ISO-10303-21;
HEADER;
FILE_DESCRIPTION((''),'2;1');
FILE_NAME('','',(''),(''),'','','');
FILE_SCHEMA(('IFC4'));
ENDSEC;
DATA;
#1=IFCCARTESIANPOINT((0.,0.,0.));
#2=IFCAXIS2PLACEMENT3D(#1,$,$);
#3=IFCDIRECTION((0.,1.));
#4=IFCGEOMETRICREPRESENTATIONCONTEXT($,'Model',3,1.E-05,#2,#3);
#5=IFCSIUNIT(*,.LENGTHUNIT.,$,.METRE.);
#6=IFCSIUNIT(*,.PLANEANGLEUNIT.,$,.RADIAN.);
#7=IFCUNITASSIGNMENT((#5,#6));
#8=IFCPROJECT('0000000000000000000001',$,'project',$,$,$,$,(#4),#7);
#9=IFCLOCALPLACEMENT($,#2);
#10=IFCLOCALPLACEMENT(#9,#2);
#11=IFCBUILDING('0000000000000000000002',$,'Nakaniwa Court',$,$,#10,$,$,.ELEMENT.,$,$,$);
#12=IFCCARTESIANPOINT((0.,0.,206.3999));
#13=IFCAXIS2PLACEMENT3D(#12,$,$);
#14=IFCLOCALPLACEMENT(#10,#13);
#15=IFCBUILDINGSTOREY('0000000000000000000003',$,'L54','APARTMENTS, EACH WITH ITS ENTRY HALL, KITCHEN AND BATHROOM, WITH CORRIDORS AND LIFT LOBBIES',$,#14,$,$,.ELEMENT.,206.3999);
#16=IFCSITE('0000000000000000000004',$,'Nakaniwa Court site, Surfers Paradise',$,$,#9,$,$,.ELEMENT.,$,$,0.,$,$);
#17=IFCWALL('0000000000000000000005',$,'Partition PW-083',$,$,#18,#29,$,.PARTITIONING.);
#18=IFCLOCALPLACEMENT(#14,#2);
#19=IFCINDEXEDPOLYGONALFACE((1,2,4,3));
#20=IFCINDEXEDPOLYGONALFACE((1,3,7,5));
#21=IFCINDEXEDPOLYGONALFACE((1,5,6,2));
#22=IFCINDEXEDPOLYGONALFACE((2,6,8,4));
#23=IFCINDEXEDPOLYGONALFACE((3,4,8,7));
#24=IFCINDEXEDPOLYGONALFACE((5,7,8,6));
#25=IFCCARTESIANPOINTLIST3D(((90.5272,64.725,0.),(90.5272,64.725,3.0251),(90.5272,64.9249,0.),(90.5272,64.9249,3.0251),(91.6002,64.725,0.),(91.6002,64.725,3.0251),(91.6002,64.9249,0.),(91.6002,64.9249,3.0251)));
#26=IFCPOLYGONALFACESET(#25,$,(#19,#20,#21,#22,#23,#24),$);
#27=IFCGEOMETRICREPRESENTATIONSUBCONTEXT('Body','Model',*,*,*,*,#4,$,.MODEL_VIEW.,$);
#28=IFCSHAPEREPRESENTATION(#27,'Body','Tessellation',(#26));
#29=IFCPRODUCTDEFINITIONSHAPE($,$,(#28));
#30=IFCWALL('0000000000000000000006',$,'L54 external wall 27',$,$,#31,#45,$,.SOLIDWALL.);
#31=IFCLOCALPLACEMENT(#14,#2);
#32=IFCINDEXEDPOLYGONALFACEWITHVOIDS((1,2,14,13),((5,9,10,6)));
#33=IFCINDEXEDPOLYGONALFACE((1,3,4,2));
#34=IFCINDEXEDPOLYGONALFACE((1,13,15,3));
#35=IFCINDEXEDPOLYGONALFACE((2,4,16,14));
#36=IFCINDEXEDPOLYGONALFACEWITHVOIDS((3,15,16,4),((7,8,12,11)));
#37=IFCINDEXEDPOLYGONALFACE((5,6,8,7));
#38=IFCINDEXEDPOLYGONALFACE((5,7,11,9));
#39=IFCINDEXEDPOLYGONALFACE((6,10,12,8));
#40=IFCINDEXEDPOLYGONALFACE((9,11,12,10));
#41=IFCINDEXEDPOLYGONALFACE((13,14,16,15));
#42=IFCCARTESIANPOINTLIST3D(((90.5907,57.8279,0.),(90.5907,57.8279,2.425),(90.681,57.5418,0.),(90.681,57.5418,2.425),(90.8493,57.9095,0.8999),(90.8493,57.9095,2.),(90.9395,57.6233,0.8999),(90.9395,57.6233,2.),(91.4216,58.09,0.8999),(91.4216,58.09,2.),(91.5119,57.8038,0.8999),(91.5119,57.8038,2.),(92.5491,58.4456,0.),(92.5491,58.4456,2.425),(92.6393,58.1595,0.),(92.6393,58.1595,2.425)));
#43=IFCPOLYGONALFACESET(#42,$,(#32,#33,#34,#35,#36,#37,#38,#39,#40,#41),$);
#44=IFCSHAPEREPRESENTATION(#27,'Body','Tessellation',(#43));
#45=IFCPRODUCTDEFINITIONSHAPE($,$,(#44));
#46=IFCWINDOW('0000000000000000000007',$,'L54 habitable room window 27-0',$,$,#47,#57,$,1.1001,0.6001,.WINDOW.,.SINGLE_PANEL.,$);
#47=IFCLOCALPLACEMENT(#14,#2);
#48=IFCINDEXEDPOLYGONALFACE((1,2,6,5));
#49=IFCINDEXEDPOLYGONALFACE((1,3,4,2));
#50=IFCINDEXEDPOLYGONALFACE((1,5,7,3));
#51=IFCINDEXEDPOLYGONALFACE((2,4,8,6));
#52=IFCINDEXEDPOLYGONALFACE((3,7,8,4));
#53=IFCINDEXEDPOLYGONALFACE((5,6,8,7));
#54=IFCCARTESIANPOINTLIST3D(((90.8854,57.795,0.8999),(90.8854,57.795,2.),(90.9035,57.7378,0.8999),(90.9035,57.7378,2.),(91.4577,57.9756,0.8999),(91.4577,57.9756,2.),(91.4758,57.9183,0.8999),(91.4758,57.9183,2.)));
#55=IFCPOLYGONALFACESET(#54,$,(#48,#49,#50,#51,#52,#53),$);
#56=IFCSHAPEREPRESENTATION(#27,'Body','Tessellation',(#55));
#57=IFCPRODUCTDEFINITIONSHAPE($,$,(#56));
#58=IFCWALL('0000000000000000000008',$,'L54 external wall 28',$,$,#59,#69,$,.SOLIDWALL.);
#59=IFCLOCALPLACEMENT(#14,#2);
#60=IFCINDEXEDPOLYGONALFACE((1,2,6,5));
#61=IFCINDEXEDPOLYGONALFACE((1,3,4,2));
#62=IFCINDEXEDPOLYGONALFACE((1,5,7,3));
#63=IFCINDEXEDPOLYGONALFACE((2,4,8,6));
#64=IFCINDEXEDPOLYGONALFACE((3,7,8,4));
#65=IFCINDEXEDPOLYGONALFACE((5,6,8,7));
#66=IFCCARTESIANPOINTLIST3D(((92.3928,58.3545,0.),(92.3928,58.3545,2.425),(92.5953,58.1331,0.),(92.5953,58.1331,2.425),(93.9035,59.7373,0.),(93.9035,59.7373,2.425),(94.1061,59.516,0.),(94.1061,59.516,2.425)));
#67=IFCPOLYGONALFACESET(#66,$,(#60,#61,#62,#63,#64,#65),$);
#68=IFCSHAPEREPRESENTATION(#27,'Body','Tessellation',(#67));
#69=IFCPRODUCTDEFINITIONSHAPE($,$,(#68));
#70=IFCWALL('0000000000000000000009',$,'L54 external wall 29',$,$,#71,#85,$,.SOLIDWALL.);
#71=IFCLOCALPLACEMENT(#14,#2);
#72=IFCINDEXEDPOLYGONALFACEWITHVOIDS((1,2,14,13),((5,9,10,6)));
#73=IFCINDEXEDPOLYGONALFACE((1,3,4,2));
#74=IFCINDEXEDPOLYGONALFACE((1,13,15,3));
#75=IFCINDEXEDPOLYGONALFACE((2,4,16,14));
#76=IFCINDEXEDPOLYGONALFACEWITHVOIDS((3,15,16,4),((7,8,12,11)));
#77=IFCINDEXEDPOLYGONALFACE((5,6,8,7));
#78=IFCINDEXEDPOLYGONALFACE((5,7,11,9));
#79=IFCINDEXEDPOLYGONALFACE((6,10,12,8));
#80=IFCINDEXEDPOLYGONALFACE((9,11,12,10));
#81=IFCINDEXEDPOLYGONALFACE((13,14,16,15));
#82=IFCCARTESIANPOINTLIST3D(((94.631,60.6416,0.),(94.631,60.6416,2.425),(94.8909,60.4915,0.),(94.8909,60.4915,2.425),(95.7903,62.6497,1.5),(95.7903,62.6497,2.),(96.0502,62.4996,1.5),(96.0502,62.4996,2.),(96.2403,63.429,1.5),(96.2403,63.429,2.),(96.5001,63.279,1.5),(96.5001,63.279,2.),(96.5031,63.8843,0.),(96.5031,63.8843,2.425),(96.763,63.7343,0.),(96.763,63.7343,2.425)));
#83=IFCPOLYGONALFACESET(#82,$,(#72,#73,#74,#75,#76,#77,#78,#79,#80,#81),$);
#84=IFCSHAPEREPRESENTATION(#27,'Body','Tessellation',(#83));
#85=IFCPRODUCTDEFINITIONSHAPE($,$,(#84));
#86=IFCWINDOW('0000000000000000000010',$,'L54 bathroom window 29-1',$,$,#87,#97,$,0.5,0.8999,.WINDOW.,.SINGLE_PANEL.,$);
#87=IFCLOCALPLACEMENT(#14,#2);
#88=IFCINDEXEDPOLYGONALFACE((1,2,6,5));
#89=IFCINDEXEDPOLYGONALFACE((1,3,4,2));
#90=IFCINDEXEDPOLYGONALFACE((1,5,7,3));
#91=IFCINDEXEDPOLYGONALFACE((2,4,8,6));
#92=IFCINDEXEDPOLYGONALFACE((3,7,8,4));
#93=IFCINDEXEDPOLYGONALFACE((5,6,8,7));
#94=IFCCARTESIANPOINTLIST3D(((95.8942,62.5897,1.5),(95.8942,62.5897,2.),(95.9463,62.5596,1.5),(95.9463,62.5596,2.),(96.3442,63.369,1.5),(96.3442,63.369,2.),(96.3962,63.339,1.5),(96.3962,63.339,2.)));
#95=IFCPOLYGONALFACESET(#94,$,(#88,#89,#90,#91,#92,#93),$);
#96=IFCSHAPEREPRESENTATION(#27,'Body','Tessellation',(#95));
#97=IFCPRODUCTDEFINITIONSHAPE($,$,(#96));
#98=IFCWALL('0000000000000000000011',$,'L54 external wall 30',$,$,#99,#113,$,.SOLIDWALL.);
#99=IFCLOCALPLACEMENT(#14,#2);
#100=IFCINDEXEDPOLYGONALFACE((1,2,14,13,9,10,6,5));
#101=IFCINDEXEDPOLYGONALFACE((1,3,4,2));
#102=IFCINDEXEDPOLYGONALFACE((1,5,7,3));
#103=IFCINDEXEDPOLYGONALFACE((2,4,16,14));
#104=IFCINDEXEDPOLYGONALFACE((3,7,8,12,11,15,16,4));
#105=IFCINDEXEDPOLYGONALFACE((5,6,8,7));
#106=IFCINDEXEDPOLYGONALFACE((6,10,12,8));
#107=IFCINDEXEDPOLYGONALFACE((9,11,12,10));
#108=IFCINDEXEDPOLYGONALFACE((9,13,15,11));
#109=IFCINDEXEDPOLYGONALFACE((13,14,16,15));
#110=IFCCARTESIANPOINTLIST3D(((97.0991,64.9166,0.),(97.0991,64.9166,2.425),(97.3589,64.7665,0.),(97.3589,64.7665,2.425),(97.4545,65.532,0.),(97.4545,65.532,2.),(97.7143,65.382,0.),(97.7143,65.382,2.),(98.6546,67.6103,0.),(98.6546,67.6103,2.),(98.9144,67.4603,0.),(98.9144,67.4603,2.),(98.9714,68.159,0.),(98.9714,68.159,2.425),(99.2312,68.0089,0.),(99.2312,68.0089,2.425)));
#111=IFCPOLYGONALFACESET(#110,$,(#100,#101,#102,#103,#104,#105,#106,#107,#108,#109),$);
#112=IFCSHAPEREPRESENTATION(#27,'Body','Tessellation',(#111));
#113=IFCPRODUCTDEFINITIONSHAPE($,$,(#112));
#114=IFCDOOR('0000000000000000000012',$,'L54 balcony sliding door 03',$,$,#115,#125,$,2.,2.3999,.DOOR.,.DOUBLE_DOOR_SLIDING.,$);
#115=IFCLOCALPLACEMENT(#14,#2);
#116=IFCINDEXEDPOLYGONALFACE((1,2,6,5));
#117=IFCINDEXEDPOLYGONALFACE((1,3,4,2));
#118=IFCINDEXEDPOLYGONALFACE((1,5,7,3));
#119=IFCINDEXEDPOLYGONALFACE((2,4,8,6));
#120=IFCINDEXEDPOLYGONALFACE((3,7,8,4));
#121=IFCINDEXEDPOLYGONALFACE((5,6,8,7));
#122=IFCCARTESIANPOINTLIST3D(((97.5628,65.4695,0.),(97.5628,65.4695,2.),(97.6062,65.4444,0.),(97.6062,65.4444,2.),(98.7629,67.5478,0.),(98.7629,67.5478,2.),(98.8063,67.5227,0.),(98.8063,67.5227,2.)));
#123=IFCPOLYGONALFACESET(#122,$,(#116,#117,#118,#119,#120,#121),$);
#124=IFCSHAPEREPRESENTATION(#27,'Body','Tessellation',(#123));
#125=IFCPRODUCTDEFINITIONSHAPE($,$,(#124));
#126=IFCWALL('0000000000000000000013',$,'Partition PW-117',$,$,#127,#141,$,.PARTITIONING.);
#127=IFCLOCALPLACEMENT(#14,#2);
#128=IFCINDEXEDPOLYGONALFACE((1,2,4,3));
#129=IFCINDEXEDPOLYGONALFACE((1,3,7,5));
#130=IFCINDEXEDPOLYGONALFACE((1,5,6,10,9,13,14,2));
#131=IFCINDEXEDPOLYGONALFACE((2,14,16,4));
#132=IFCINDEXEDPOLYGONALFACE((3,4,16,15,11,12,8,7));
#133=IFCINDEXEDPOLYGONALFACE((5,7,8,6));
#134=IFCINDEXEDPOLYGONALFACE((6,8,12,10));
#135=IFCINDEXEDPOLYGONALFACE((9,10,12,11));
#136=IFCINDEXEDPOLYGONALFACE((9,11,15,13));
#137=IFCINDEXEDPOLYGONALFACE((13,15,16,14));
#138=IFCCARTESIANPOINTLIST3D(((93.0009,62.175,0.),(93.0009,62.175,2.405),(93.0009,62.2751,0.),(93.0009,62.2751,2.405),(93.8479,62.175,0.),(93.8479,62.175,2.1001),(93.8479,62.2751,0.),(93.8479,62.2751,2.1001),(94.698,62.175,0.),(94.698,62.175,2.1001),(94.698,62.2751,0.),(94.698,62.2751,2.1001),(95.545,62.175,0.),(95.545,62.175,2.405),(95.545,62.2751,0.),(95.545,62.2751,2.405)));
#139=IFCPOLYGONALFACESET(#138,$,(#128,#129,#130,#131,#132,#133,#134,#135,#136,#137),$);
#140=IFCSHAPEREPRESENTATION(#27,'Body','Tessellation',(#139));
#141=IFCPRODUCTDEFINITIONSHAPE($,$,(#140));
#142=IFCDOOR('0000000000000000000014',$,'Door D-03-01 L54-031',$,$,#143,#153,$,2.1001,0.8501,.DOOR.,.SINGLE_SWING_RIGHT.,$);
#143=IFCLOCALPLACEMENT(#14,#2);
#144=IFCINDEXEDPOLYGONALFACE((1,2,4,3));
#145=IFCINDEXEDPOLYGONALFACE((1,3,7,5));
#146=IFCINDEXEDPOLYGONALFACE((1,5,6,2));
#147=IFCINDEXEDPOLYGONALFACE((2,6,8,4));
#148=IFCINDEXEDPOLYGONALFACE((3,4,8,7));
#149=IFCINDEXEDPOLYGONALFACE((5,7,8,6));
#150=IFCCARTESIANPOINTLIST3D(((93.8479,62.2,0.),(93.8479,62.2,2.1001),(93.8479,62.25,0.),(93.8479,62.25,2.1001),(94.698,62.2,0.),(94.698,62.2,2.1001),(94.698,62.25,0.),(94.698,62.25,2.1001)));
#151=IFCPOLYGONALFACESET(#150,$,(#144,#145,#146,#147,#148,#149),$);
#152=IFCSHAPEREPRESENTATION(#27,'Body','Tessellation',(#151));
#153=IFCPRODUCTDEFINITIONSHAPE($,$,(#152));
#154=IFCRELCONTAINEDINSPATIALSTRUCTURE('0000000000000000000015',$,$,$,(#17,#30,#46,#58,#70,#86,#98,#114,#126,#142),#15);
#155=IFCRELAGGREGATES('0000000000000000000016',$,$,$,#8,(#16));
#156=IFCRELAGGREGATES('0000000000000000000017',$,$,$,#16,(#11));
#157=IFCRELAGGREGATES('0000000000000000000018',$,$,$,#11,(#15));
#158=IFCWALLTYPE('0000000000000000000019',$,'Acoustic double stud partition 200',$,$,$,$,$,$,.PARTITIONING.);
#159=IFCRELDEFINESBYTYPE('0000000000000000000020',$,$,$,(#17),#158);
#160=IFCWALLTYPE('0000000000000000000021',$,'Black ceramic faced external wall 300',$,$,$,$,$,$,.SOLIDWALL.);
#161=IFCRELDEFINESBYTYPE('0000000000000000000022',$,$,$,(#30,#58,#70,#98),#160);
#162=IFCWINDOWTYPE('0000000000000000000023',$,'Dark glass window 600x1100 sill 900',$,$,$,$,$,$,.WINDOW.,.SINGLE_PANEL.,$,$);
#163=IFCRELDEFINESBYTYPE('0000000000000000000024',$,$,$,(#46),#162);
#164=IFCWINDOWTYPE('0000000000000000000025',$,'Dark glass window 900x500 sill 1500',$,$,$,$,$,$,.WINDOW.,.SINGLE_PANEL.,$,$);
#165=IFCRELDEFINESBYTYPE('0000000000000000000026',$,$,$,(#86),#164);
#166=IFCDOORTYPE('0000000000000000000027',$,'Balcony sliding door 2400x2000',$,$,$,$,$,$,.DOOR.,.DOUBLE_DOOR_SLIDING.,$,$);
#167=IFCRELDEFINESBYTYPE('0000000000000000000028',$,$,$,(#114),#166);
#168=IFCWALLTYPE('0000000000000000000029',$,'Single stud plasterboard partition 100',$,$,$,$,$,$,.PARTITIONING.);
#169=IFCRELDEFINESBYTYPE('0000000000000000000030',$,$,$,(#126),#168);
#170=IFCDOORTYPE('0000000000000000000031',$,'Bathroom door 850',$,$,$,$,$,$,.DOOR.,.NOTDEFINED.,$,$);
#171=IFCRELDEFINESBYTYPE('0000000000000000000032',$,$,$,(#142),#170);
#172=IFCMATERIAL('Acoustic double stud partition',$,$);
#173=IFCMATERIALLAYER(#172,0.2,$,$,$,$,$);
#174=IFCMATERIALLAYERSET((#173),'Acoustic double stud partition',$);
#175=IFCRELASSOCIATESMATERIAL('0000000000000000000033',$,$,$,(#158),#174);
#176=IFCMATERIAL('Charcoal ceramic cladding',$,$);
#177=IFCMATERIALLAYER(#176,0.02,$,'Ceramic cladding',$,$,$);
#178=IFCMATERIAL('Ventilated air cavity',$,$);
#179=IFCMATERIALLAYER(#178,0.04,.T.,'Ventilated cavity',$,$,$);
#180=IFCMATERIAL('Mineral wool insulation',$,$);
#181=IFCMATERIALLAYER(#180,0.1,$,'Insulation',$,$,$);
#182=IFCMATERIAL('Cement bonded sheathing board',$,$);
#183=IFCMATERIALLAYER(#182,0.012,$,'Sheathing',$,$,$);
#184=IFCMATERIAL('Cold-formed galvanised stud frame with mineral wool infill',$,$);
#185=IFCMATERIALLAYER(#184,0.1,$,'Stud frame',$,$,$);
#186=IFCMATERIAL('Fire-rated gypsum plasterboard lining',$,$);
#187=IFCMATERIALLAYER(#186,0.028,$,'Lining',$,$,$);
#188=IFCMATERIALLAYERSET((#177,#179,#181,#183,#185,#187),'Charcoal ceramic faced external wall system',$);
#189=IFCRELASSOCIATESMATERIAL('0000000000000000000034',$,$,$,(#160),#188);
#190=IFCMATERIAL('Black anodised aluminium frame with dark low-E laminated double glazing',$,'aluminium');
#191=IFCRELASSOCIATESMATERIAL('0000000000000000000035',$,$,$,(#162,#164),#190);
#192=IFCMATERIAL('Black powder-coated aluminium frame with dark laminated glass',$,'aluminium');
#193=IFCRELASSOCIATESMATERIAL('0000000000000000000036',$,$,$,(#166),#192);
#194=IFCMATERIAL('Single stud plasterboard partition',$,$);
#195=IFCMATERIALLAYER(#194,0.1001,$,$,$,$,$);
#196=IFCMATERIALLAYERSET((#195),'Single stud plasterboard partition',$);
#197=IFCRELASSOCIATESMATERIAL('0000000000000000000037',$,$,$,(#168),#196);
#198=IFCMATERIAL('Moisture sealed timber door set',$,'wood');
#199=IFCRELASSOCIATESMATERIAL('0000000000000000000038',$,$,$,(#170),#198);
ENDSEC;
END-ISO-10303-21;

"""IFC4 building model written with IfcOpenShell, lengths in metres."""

from ifc_helpers import new_model, si_unit, direction, frame, frame_2d, origin, place, context, subcontext, project, spatial, rectangle, extrude, material, layer, layer_set, type_object, element, fill, save


model = new_model("IFC4")

# Units and contexts
model_context = context("Model", 3, precision=1e-05, world=origin(), true_north=direction((0.0, 1.0)))
body_context = subcontext(model_context, "Body", "Model", "MODEL_VIEW")
ifc_project = project(units=[si_unit("LENGTHUNIT", "METRE"), si_unit("PLANEANGLEUNIT", "RADIAN")], contexts=[model_context])

# Site, building, storey
site_placement = place(None, origin())
site = spatial("IfcSite", under=ifc_project, at=site_placement, Name="Nakaniwa Court site, Surfers Paradise", CompositionType="ELEMENT", RefElevation=0.0)
building_placement = place(site_placement, origin())
building = spatial("IfcBuilding", under=site, at=building_placement, Name="Nakaniwa Court", CompositionType="ELEMENT")
storey_placement = place(building_placement, frame((0.0, 0.0, 206.3999)))
storey = spatial("IfcBuildingStorey", under=building, at=storey_placement, Name="L54", Description="APARTMENTS, EACH WITH ITS ENTRY HALL, KITCHEN AND BATHROOM, WITH CORRIDORS AND LIFT LOBBIES", CompositionType="ELEMENT", Elevation=206.3999)

# Shared definitions
ifc_material_1 = material(Name="Acoustic double stud partition")
ifc_layer_1 = layer(ifc_material_1, 0.2)
ifc_layer_set_1 = layer_set([ifc_layer_1], Name="Acoustic double stud partition")
wall_type_1 = type_object("IfcWallType", Name="Acoustic double stud partition 200", PredefinedType="PARTITIONING", material=ifc_layer_set_1)

# Wall
wall_1_placement = place(storey_placement, frame((90.5271, 64.825, 0.0), z_axis=(0.0, 0.0, 1.0), x_axis=(1.0, 0.0, 0.0)))
element("IfcWall", 1, at=wall_1_placement, inside=storey, type_object=wall_type_1, Name="Partition PW-083", PredefinedType="PARTITIONING", context=body_context, shape_type="SweptSolid", body=[
    extrude(rectangle(XDim=1.073, YDim=0.2, at=frame_2d((0.5366, 0.0))), origin(), (0.0, 0.0, 1.0), 3.0251),
])

# Wall, opening, window
ifc_material_2 = material(Name="Charcoal ceramic cladding")
ifc_layer_2 = layer(ifc_material_2, 0.02, Name="Ceramic cladding")
ifc_material_3 = material(Name="Ventilated air cavity")
ifc_layer_3 = layer(ifc_material_3, 0.04, ventilated=True, Name="Ventilated cavity")
ifc_material_4 = material(Name="Mineral wool insulation")
ifc_layer_4 = layer(ifc_material_4, 0.1, Name="Insulation")
ifc_material_5 = material(Name="Cement bonded sheathing board")
ifc_layer_5 = layer(ifc_material_5, 0.012, Name="Sheathing")
ifc_material_6 = material(Name="Cold-formed galvanised stud frame with mineral wool infill")
ifc_layer_6 = layer(ifc_material_6, 0.1, Name="Stud frame")
ifc_material_7 = material(Name="Fire-rated gypsum plasterboard lining")
ifc_layer_7 = layer(ifc_material_7, 0.028, Name="Lining")
ifc_layer_set_2 = layer_set([ifc_layer_2, ifc_layer_3, ifc_layer_4, ifc_layer_5, ifc_layer_6, ifc_layer_7], Name="Charcoal ceramic faced external wall system")
wall_type_2 = type_object("IfcWallType", Name="Black ceramic faced external wall 300", PredefinedType="SOLIDWALL", material=ifc_layer_set_2)
wall_2_placement = place(storey_placement, frame((90.6357, 57.6848, 0.0), z_axis=(0.0, 0.0, 1.0), x_axis=(0.953683, 0.300813, 0.0)))
wall_2 = element("IfcWall", 2, at=wall_2_placement, inside=storey, type_object=wall_type_2, Name="L54 external wall 27", PredefinedType="SOLIDWALL", context=body_context, shape_type="SweptSolid", body=[
    extrude(rectangle(XDim=2.0535, YDim=0.3, at=frame_2d((1.0269, 0.0))), origin(), (0.0, 0.0, 1.0), 2.425),
])
opening_1_placement = place(wall_2_placement, frame((0.2712, 0.0, 0.8999)))
opening_1 = element("IfcOpeningElement", 3, at=opening_1_placement, cuts=wall_2, PredefinedType="OPENING", context=body_context, shape_type="SweptSolid", body=[
    extrude(rectangle(XDim=0.6001, YDim=1.1001, at=frame_2d((0.3, 0.55))), frame((0.0, 0.1599, 0.0), z_axis=(0.0, -1.0, 0.0), x_axis=(1.0, 0.0, 0.0)), (0.0, 0.0, 1.0), 0.3201),
])
ifc_material_8 = material(Name="Black anodised aluminium frame with dark low-E laminated double glazing", Category="aluminium")
window_type_1 = type_object("IfcWindowType", Name="Dark glass window 600x1100 sill 900", PartitioningType="SINGLE_PANEL", PredefinedType="WINDOW", material=ifc_material_8)
window_1_placement = place(opening_1_placement, origin())
window_1 = element("IfcWindow", 4, at=window_1_placement, inside=storey, type_object=window_type_1, Name="L54 habitable room window 27-0", OverallHeight=1.1001, OverallWidth=0.6001, PartitioningType="SINGLE_PANEL", PredefinedType="WINDOW", context=body_context, shape_type="SweptSolid", body=[
    extrude(rectangle(XDim=0.6001, YDim=1.1001, at=frame_2d((0.3, 0.55))), frame((0.0, 0.03, 0.0), z_axis=(0.0, -1.0, 0.0), x_axis=(1.0, 0.0, 0.0)), (0.0, 0.0, 1.0), 0.0601),
])
fill(opening_1, window_1)

# Wall
wall_3_placement = place(storey_placement, frame((92.4941, 58.2439, 0.0), z_axis=(0.0, 0.0, 1.0), x_axis=(0.737649, 0.675185, 0.0)))
element("IfcWall", 5, at=wall_3_placement, inside=storey, type_object=wall_type_2, Name="L54 external wall 28", PredefinedType="SOLIDWALL", context=body_context, shape_type="SweptSolid", body=[
    extrude(rectangle(XDim=2.0481, YDim=0.3, at=frame_2d((1.0239, 0.0))), origin(), (0.0, 0.0, 1.0), 2.425),
])

# Wall, opening, window
wall_4_placement = place(storey_placement, frame((94.761, 60.5667, 0.0), z_axis=(0.0, 0.0, 1.0), x_axis=(0.499982, 0.866036, 0.0)))
wall_4 = element("IfcWall", 6, at=wall_4_placement, inside=storey, type_object=wall_type_2, Name="L54 external wall 29", PredefinedType="SOLIDWALL", context=body_context, shape_type="SweptSolid", body=[
    extrude(rectangle(XDim=3.7444, YDim=0.3, at=frame_2d((1.8721, 0.0))), origin(), (0.0, 0.0, 1.0), 2.425),
])
opening_2_placement = place(wall_4_placement, frame((2.3186, 0.0, 1.5)))
opening_2 = element("IfcOpeningElement", 7, at=opening_2_placement, cuts=wall_4, PredefinedType="OPENING", context=body_context, shape_type="SweptSolid", body=[
    extrude(rectangle(XDim=0.8999, YDim=0.5, at=frame_2d((0.45, 0.25))), frame((0.0, 0.1599, 0.0), z_axis=(0.0, -1.0, 0.0), x_axis=(1.0, 0.0, 0.0)), (0.0, 0.0, 1.0), 0.3201),
])
window_type_2 = type_object("IfcWindowType", Name="Dark glass window 900x500 sill 1500", PartitioningType="SINGLE_PANEL", PredefinedType="WINDOW", material=ifc_material_8)
window_2_placement = place(opening_2_placement, origin())
window_2 = element("IfcWindow", 8, at=window_2_placement, inside=storey, type_object=window_type_2, Name="L54 bathroom window 29-1", OverallHeight=0.5, OverallWidth=0.8999, PartitioningType="SINGLE_PANEL", PredefinedType="WINDOW", context=body_context, shape_type="SweptSolid", body=[
    extrude(rectangle(XDim=0.8999, YDim=0.5, at=frame_2d((0.45, 0.25))), frame((0.0, 0.03, 0.0), z_axis=(0.0, -1.0, 0.0), x_axis=(1.0, 0.0, 0.0)), (0.0, 0.0, 1.0), 0.0601),
])
fill(opening_2, window_2)

# Walls, openings, doors
wall_5_placement = place(storey_placement, frame((97.229, 64.8416, 0.0), z_axis=(0.0, 0.0, 1.0), x_axis=(0.500059, 0.865991, 0.0)))
wall_5 = element("IfcWall", 9, at=wall_5_placement, inside=storey, type_object=wall_type_2, Name="L54 external wall 30", PredefinedType="SOLIDWALL", context=body_context, shape_type="SweptSolid", body=[
    extrude(rectangle(XDim=3.7441, YDim=0.3, at=frame_2d((1.8721, 0.0))), origin(), (0.0, 0.0, 1.0), 2.425),
])
opening_3_placement = place(wall_5_placement, frame((0.7107, 0.0, 0.0)))
opening_3 = element("IfcOpeningElement", 10, at=opening_3_placement, cuts=wall_5, PredefinedType="OPENING", context=body_context, shape_type="SweptSolid", body=[
    extrude(rectangle(XDim=2.3999, YDim=2.0, at=frame_2d((1.2, 1.0))), frame((0.0, 0.1599, 0.0), z_axis=(0.0, -1.0, 0.0), x_axis=(1.0, 0.0, 0.0)), (0.0, 0.0, 1.0), 0.3201),
])
ifc_material_9 = material(Name="Black powder-coated aluminium frame with dark laminated glass", Category="aluminium")
door_type_1 = type_object("IfcDoorType", Name="Balcony sliding door 2400x2000", OperationType="DOUBLE_DOOR_SLIDING", PredefinedType="DOOR", material=ifc_material_9)
door_1_placement = place(opening_3_placement, origin())
door_1 = element("IfcDoor", 11, at=door_1_placement, inside=storey, type_object=door_type_1, Name="L54 balcony sliding door 03", OperationType="DOUBLE_DOOR_SLIDING", OverallHeight=2.0, OverallWidth=2.3999, PredefinedType="DOOR", context=body_context, shape_type="SweptSolid", body=[
    extrude(rectangle(XDim=2.3999, YDim=2.0, at=frame_2d((1.2, 1.0))), frame((0.0, 0.0249, 0.0), z_axis=(0.0, -1.0, 0.0), x_axis=(1.0, 0.0, 0.0)), (0.0, 0.0, 1.0), 0.05),
])
fill(opening_3, door_1)
ifc_material_10 = material(Name="Single stud plasterboard partition")
ifc_layer_8 = layer(ifc_material_10, 0.1001)
ifc_layer_set_3 = layer_set([ifc_layer_8], Name="Single stud plasterboard partition")
wall_type_3 = type_object("IfcWallType", Name="Single stud plasterboard partition 100", PredefinedType="PARTITIONING", material=ifc_layer_set_3)
wall_6_placement = place(storey_placement, frame((93.001, 62.2251, 0.0), z_axis=(0.0, 0.0, 1.0), x_axis=(1.0, 0.0, 0.0)))
wall_6 = element("IfcWall", 12, at=wall_6_placement, inside=storey, type_object=wall_type_3, Name="Partition PW-117", PredefinedType="PARTITIONING", context=body_context, shape_type="SweptSolid", body=[
    extrude(rectangle(XDim=2.5442, YDim=0.1001, at=frame_2d((1.272, 0.0))), origin(), (0.0, 0.0, 1.0), 2.405),
])
opening_4_placement = place(wall_6_placement, frame((0.8469, 0.0, 0.0)))
opening_4 = element("IfcOpeningElement", 13, at=opening_4_placement, cuts=wall_6, PredefinedType="OPENING", context=body_context, shape_type="SweptSolid", body=[
    extrude(rectangle(XDim=0.8501, YDim=2.1001, at=frame_2d((0.425, 1.05))), frame((0.0, 0.0601, 0.0), z_axis=(0.0, -1.0, 0.0), x_axis=(1.0, 0.0, 0.0)), (0.0, 0.0, 1.0), 0.1201),
])
ifc_material_11 = material(Name="Moisture sealed timber door set", Category="wood")
door_type_2 = type_object("IfcDoorType", Name="Bathroom door 850", OperationType="NOTDEFINED", PredefinedType="DOOR", material=ifc_material_11)
door_2_placement = place(opening_4_placement, origin())
door_2 = element("IfcDoor", 14, at=door_2_placement, inside=storey, type_object=door_type_2, Name="Door D-03-01 L54-031", OperationType="SINGLE_SWING_RIGHT", OverallHeight=2.1001, OverallWidth=0.8501, PredefinedType="DOOR", context=body_context, shape_type="SweptSolid", body=[
    extrude(rectangle(XDim=0.8501, YDim=2.1001, at=frame_2d((0.425, 1.05))), frame((0.0, 0.0249, 0.0), z_axis=(0.0, -1.0, 0.0), x_axis=(1.0, 0.0, 0.0)), (0.0, 0.0, 1.0), 0.05),
])
fill(opening_4, door_2)

save(model, "model.ifc")
